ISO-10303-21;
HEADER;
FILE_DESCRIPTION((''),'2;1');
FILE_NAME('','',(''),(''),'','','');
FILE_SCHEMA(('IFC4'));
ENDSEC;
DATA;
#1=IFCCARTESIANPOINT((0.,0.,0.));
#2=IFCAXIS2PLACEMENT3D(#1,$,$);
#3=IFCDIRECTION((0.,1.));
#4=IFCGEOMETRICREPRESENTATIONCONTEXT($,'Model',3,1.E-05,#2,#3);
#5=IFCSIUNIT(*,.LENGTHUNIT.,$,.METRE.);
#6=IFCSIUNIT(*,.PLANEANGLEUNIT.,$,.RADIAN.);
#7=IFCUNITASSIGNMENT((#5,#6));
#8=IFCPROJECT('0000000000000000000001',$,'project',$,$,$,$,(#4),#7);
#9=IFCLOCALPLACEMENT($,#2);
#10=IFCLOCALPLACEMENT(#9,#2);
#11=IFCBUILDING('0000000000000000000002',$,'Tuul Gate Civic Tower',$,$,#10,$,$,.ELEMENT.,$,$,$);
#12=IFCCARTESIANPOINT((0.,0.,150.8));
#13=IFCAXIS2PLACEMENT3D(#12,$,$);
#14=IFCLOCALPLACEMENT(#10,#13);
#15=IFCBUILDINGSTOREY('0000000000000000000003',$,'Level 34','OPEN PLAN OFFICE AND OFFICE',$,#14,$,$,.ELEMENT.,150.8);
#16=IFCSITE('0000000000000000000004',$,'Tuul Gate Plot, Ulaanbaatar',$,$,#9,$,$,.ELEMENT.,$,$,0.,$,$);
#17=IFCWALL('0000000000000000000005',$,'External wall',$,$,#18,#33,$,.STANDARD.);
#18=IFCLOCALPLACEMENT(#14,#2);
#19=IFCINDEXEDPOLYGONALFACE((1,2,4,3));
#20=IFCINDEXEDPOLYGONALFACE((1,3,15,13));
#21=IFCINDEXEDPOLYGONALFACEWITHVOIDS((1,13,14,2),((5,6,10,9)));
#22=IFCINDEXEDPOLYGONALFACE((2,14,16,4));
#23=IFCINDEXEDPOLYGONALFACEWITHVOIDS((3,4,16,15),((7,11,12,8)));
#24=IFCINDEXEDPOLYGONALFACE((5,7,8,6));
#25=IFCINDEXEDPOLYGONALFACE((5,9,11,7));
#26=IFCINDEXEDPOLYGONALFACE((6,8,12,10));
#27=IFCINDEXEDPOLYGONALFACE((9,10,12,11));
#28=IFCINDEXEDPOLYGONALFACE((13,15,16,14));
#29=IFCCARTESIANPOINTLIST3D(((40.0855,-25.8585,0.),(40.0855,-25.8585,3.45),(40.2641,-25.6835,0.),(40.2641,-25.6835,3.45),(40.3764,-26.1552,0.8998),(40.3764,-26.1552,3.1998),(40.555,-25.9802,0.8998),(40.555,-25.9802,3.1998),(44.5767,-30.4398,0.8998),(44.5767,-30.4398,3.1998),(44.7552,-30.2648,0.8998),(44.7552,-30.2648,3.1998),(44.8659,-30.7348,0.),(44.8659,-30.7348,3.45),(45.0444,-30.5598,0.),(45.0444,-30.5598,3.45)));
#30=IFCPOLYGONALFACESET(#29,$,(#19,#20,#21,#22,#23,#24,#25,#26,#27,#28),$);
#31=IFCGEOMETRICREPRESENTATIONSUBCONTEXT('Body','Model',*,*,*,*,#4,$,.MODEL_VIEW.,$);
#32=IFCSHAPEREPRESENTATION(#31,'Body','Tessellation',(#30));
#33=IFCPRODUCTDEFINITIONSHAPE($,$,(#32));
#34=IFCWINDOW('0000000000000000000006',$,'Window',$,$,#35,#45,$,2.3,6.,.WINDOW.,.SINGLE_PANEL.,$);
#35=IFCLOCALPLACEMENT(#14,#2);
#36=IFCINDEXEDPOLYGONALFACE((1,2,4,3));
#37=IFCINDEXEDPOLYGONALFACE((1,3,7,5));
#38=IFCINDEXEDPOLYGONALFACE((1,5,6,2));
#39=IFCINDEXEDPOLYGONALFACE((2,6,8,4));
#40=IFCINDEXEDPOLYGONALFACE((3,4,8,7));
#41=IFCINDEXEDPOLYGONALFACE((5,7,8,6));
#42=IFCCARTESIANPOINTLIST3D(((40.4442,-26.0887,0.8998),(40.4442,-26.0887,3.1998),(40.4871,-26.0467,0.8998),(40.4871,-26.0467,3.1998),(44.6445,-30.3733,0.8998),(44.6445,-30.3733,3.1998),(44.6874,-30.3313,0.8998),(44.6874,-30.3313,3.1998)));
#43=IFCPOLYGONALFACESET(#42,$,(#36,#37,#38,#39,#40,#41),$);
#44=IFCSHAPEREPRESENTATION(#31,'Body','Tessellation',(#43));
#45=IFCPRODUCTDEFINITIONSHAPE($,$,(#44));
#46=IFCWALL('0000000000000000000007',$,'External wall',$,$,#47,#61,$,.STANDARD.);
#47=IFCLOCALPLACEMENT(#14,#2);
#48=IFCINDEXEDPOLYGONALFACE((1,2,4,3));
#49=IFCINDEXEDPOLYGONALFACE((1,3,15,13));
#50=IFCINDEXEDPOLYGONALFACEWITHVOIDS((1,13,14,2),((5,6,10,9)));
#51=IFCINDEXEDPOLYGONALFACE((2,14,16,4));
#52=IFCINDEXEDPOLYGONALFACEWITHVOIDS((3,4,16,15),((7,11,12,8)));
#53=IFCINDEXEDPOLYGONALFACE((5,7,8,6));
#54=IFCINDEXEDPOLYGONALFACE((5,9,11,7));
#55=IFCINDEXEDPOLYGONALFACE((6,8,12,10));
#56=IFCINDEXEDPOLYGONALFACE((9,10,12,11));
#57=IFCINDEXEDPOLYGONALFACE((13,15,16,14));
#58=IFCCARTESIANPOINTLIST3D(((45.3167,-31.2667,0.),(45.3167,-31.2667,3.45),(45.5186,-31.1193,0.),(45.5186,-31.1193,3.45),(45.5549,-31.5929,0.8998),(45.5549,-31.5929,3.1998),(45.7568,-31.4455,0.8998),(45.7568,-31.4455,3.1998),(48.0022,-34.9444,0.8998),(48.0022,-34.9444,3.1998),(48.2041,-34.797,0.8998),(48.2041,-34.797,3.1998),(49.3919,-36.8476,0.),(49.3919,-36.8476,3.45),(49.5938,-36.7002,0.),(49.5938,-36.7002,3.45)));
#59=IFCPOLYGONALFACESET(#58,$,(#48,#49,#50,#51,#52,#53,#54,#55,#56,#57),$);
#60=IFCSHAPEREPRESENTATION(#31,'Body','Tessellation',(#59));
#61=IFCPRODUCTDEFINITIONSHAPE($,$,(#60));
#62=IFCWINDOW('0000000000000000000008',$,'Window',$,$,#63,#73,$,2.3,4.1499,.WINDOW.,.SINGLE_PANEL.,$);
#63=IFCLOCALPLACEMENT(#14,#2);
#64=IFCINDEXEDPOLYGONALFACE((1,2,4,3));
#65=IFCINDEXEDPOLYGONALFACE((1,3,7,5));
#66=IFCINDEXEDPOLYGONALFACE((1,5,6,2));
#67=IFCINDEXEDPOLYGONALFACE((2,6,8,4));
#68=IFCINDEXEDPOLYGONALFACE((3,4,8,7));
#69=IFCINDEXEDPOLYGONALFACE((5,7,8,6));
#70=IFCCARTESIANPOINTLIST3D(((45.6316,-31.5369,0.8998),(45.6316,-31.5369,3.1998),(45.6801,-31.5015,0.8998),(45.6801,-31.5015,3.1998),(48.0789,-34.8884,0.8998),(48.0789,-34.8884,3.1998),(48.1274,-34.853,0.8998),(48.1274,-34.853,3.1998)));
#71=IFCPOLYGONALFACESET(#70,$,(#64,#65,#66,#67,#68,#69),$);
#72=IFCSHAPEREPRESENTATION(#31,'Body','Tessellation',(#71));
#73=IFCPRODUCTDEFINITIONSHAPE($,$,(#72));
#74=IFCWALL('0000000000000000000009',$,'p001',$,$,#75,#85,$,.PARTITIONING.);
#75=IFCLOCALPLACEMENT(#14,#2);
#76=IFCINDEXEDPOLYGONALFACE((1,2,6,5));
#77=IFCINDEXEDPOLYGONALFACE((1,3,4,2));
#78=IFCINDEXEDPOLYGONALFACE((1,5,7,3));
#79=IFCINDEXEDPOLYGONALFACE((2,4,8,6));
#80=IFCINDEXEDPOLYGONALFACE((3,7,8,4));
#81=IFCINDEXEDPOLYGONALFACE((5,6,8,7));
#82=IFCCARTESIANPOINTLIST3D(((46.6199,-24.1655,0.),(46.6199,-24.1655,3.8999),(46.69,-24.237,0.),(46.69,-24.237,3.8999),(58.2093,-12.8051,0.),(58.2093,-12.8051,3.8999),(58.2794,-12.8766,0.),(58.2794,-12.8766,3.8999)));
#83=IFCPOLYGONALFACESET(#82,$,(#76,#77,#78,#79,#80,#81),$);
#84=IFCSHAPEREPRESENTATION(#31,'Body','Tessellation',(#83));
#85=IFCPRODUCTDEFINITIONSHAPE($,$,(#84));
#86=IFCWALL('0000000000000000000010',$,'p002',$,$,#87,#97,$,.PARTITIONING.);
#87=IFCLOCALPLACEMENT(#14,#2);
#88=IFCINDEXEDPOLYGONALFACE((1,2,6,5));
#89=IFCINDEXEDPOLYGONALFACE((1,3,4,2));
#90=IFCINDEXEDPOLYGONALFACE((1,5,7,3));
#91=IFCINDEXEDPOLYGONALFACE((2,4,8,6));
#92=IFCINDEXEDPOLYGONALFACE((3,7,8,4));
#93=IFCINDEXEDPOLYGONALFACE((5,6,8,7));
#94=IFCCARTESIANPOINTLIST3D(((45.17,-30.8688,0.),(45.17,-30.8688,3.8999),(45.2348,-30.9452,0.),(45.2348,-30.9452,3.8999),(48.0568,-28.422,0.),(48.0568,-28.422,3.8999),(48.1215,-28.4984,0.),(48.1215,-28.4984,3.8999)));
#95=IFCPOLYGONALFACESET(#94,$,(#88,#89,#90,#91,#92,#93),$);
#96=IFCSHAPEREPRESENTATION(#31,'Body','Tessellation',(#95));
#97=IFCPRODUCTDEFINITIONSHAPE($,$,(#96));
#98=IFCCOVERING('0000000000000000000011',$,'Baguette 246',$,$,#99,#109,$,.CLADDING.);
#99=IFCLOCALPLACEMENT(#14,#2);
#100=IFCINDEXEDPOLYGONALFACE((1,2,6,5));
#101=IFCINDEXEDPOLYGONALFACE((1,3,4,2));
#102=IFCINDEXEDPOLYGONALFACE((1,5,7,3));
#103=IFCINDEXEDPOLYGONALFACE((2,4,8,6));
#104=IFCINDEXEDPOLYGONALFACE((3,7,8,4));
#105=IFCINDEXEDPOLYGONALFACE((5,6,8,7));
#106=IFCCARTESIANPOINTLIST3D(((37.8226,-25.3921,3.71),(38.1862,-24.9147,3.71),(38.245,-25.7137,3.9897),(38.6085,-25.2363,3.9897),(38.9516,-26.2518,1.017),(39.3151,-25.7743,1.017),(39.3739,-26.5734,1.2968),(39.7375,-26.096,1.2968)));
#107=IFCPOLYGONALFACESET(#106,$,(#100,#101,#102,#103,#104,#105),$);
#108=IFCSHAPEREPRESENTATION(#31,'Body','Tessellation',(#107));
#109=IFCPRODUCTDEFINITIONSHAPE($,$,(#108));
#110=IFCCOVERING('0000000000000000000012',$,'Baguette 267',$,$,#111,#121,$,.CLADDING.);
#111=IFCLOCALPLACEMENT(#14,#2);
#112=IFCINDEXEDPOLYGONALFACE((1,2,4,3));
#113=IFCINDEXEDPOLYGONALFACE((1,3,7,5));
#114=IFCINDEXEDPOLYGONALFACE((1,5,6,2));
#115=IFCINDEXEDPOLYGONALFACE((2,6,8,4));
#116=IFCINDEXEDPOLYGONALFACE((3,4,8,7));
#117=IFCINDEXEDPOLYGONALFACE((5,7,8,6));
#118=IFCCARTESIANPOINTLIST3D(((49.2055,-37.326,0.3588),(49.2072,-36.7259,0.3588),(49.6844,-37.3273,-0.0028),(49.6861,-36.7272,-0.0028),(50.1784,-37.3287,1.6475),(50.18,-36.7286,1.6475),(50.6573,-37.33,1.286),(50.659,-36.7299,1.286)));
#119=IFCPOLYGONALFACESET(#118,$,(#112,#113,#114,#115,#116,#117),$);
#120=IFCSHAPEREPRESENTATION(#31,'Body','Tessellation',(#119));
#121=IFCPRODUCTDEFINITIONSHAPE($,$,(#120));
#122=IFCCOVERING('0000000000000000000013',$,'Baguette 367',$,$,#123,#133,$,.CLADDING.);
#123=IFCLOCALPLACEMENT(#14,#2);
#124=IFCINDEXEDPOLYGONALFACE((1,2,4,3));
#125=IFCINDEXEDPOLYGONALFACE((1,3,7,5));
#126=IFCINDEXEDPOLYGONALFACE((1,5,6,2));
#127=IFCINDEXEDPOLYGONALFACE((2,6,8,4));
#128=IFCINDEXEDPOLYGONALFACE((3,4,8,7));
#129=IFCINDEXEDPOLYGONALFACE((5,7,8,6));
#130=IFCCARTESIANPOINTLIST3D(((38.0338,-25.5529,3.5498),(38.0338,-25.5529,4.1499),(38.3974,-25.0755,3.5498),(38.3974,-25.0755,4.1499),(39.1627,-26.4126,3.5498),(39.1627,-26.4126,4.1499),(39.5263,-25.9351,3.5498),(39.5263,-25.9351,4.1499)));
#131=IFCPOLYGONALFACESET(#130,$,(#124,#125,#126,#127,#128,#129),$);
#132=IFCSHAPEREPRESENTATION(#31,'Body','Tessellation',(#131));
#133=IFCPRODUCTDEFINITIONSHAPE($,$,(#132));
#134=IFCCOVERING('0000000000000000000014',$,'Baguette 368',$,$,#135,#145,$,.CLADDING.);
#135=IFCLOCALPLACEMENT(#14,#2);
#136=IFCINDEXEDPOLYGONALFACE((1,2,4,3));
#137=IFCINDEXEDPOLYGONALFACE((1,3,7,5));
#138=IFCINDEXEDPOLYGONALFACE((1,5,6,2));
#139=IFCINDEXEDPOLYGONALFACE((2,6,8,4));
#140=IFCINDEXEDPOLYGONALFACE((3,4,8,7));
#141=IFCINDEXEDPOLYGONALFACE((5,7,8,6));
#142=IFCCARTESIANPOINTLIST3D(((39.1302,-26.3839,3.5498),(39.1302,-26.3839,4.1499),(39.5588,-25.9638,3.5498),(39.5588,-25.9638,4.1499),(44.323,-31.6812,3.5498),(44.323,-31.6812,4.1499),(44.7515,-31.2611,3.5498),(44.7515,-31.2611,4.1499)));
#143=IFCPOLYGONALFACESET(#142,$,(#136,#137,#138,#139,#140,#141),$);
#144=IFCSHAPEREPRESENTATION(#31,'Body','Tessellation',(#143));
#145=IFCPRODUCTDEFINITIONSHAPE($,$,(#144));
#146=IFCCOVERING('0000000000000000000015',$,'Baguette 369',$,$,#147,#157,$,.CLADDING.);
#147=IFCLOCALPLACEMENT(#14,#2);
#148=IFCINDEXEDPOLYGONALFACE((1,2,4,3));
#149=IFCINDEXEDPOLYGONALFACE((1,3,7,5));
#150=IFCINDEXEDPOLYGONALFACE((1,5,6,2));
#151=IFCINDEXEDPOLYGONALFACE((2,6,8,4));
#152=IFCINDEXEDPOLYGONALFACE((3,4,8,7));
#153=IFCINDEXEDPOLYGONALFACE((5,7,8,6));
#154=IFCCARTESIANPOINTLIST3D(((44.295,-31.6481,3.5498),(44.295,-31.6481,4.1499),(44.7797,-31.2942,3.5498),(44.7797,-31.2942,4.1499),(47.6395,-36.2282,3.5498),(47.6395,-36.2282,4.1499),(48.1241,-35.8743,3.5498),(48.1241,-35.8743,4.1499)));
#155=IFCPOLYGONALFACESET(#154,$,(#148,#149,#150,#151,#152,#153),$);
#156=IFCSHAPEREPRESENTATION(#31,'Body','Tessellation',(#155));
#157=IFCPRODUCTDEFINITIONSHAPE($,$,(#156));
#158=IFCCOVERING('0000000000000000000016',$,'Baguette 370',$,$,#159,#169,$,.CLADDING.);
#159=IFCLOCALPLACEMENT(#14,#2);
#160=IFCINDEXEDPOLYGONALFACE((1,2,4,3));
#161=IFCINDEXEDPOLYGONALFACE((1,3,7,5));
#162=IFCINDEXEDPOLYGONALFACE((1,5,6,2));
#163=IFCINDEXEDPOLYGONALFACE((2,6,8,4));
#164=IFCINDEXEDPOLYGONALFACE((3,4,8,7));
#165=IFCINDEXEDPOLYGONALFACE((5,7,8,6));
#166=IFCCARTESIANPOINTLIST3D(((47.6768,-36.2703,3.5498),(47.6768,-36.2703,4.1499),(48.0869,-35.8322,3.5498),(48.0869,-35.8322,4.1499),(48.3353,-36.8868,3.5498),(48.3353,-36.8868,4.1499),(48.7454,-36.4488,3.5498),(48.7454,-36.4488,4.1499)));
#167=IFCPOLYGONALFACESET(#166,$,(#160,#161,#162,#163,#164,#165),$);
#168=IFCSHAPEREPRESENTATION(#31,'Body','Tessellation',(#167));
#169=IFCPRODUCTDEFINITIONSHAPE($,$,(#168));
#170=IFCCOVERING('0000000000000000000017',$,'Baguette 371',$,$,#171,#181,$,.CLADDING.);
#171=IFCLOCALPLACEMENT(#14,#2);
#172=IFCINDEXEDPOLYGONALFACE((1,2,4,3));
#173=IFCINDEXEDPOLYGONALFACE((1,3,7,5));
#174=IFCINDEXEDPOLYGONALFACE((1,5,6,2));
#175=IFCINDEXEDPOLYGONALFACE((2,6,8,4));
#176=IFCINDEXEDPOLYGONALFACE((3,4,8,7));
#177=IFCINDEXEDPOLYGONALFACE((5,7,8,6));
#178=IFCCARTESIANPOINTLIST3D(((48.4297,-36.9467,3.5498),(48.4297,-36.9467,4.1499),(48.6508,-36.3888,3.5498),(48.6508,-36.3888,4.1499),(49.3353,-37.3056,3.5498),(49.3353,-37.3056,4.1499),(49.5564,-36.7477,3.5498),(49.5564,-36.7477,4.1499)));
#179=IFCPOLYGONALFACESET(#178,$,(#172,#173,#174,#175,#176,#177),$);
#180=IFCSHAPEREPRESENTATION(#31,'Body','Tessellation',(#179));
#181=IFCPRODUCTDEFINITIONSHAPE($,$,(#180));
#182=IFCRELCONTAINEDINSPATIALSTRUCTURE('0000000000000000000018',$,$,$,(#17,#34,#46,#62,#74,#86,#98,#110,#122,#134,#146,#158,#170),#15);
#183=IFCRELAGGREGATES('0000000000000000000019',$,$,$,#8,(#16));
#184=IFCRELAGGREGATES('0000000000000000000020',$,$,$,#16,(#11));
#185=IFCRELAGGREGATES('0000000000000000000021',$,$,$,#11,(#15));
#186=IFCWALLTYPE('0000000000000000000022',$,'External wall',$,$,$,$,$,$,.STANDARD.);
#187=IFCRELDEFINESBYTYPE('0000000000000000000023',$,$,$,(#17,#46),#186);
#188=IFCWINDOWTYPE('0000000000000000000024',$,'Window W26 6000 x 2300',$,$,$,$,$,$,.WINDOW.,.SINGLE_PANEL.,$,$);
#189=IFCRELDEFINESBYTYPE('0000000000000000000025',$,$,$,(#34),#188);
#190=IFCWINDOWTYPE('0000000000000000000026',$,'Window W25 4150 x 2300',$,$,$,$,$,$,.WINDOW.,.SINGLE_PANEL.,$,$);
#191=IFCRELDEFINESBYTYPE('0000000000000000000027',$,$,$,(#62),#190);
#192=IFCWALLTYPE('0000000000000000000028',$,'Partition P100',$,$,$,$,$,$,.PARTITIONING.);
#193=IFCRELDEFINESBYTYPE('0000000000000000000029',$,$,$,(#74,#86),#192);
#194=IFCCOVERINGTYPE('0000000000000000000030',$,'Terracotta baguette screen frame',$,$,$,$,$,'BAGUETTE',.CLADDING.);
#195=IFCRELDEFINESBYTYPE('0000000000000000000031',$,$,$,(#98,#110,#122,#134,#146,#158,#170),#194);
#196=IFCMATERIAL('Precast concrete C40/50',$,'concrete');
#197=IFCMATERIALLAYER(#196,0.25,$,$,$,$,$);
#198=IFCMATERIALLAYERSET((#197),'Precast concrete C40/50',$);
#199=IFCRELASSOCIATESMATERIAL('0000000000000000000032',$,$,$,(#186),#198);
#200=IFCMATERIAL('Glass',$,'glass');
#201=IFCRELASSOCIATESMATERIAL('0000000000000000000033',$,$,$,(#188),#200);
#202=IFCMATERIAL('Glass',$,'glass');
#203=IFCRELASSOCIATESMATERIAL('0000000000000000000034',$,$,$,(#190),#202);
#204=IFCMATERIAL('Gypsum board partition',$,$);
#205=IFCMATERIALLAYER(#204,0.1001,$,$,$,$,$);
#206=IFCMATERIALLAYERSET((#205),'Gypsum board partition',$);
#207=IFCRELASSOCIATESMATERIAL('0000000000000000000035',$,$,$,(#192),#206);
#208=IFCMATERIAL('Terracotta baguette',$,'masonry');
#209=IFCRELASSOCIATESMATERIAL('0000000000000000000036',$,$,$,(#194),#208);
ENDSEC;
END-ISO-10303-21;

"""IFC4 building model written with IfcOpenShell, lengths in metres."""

from ifc_helpers import new_model, si_unit, direction, frame, frame_2d, origin, origin_2d, place, context, subcontext, project, spatial, rectangle, extrude, material, layer, layer_set, material_profile, profile_set, type_object, element, fill, save


model = new_model("IFC4")

# Units and contexts
model_context = context("Model", 3, precision=1e-05, world=origin(), true_north=direction((0.0, 1.0)))
body_context = subcontext(model_context, "Body", "Model", "MODEL_VIEW")
ifc_project = project(units=[si_unit("LENGTHUNIT", "METRE"), si_unit("PLANEANGLEUNIT", "RADIAN")], contexts=[model_context])

# Site, building, storey
site_placement = place(None, origin())
site = spatial("IfcSite", under=ifc_project, at=site_placement, Name="Tuul Gate Plot, Ulaanbaatar", CompositionType="ELEMENT", RefElevation=0.0)
building_placement = place(site_placement, origin())
building = spatial("IfcBuilding", under=site, at=building_placement, Name="Tuul Gate Civic Tower", CompositionType="ELEMENT")
storey_placement = place(building_placement, frame((0.0, 0.0, 150.8)))
storey = spatial("IfcBuildingStorey", under=building, at=storey_placement, Name="Level 34", Description="OPEN PLAN OFFICE AND OFFICE", CompositionType="ELEMENT", Elevation=150.8)

# Walls, openings, windows
ifc_material_1 = material(Name="Precast concrete C40/50", Category="concrete")
ifc_layer_1 = layer(ifc_material_1, 0.25)
ifc_layer_set_1 = layer_set([ifc_layer_1], Name="Precast concrete C40/50")
wall_type_1 = type_object("IfcWallType", Name="External wall", PredefinedType="STANDARD", material=ifc_layer_set_1)
wall_1_placement = place(storey_placement, frame((40.1748, -25.771, 0.0), z_axis=(0.0, 0.0, 1.0), x_axis=(0.700046, -0.714097, 0.0)))
wall_1 = element("IfcWall", 1, at=wall_1_placement, inside=storey, type_object=wall_type_1, Name="External wall", PredefinedType="STANDARD", context=body_context, shape_type="SweptSolid", body=[
    extrude(rectangle(XDim=6.8286, YDim=0.25, at=frame_2d((3.4143, 0.0))), origin(), (0.0, 0.0, 1.0), 3.45),
])
opening_1_placement = place(wall_1_placement, frame((0.4155, 0.0, 0.8999)))
opening_1 = element("IfcOpeningElement", 2, at=opening_1_placement, cuts=wall_1, PredefinedType="OPENING", context=body_context, shape_type="SweptSolid", body=[
    extrude(rectangle(XDim=6.0, YDim=2.3, at=frame_2d((3.0, 1.1499))), frame((0.0, 0.135, 0.0), z_axis=(0.0, -1.0, 0.0), x_axis=(1.0, 0.0, 0.0)), (0.0, 0.0, 1.0), 0.27),
])
ifc_material_2 = material(Name="Glass", Category="glass")
window_type_1 = type_object("IfcWindowType", Name="Window W26 6000 x 2300", PartitioningType="SINGLE_PANEL", PredefinedType="WINDOW", material=ifc_material_2)
window_1_placement = place(opening_1_placement, origin())
window_1 = element("IfcWindow", 3, at=window_1_placement, inside=storey, type_object=window_type_1, Name="Window", OverallHeight=2.3, OverallWidth=6.0, PartitioningType="SINGLE_PANEL", PredefinedType="WINDOW", context=body_context, shape_type="SweptSolid", body=[
    extrude(rectangle(XDim=6.0, YDim=2.3, at=frame_2d((3.0, 1.1499))), frame((0.0, 0.03, 0.0), z_axis=(0.0, -1.0, 0.0), x_axis=(1.0, 0.0, 0.0)), (0.0, 0.0, 1.0), 0.0601),
])
fill(opening_1, window_1)
wall_2_placement = place(storey_placement, frame((45.4177, -31.1931, 0.0), z_axis=(0.0, 0.0, 1.0), x_axis=(0.589725, -0.807604, 0.0)))
wall_2 = element("IfcWall", 4, at=wall_2_placement, inside=storey, type_object=wall_type_1, Name="External wall", PredefinedType="STANDARD", context=body_context, shape_type="SweptSolid", body=[
    extrude(rectangle(XDim=6.9104, YDim=0.25, at=frame_2d((3.4551, 0.0))), origin(), (0.0, 0.0, 1.0), 3.45),
])
opening_2_placement = place(wall_2_placement, frame((0.4038, 0.0, 0.8999)))
opening_2 = element("IfcOpeningElement", 5, at=opening_2_placement, cuts=wall_2, PredefinedType="OPENING", context=body_context, shape_type="SweptSolid", body=[
    extrude(rectangle(XDim=4.1499, YDim=2.3, at=frame_2d((2.075, 1.1499))), frame((0.0, 0.135, 0.0), z_axis=(0.0, -1.0, 0.0), x_axis=(1.0, 0.0, 0.0)), (0.0, 0.0, 1.0), 0.27),
])
ifc_material_3 = material(Name="Glass", Category="glass")
window_type_2 = type_object("IfcWindowType", Name="Window W25 4150 x 2300", PartitioningType="SINGLE_PANEL", PredefinedType="WINDOW", material=ifc_material_3)
window_2_placement = place(opening_2_placement, origin())
window_2 = element("IfcWindow", 6, at=window_2_placement, inside=storey, type_object=window_type_2, Name="Window", OverallHeight=2.3, OverallWidth=4.1499, PartitioningType="SINGLE_PANEL", PredefinedType="WINDOW", context=body_context, shape_type="SweptSolid", body=[
    extrude(rectangle(XDim=4.1499, YDim=2.3, at=frame_2d((2.075, 1.1499))), frame((0.0, 0.03, 0.0), z_axis=(0.0, -1.0, 0.0), x_axis=(1.0, 0.0, 0.0)), (0.0, 0.0, 1.0), 0.0601),
])
fill(opening_2, window_2)

# Walls
ifc_material_4 = material(Name="Gypsum board partition")
ifc_layer_2 = layer(ifc_material_4, 0.1001)
ifc_layer_set_2 = layer_set([ifc_layer_2], Name="Gypsum board partition")
wall_type_2 = type_object("IfcWallType", Name="Partition P100", PredefinedType="PARTITIONING", material=ifc_layer_set_2)
wall_3_placement = place(storey_placement, frame((46.655, -24.2012, 0.0), z_axis=(0.0, 0.0, 1.0), x_axis=(0.714127, 0.700016, 0.0)))
element("IfcWall", 7, at=wall_3_placement, inside=storey, type_object=wall_type_2, Name="p001", PredefinedType="PARTITIONING", context=body_context, shape_type="SweptSolid", body=[
    extrude(rectangle(XDim=16.2288, YDim=0.1001, at=frame_2d((8.1143, 0.0))), origin(), (0.0, 0.0, 1.0), 3.8999),
])
wall_4_placement = place(storey_placement, frame((45.2024, -30.907, 0.0), z_axis=(0.0, 0.0, 1.0), x_axis=(0.762843, 0.646584, 0.0)))
element("IfcWall", 8, at=wall_4_placement, inside=storey, type_object=wall_type_2, Name="p002", PredefinedType="PARTITIONING", context=body_context, shape_type="SweptSolid", body=[
    extrude(rectangle(XDim=3.7842, YDim=0.1001, at=frame_2d((1.8921, 0.0))), origin(), (0.0, 0.0, 1.0), 3.8999),
])

# Coverings
ifc_material_5 = material(Name="Terracotta baguette", Category="masonry")
ifc_material_profile_1 = material_profile(ifc_material_5, rectangle(XDim=0.6001, YDim=0.6001, at=origin_2d()), Name="Terracotta baguette screen frame")
ifc_profile_set_1 = profile_set([ifc_material_profile_1], Name="Terracotta baguette")
covering_type = type_object("IfcCoveringType", Name="Terracotta baguette screen frame", ElementType="BAGUETTE", PredefinedType="CLADDING", material=ifc_profile_set_1)
covering_1_placement = place(storey_placement, frame((38.2156, -25.3142, 3.8499), z_axis=(0.370883, -0.282413, -0.884697), x_axis=(0.60582, 0.795602, 0.0)))
element("IfcCovering", 9, at=covering_1_placement, inside=storey, type_object=covering_type, Name="Baguette 246", PredefinedType="CLADDING", context=body_context, shape_type="SweptSolid", body=[
    extrude(rectangle(XDim=0.6001, YDim=0.6001, at=origin_2d()), origin(), (0.0, 0.0, 1.0), 3.0439),
])
covering_2_placement = place(storey_placement, frame((49.4458, -37.0266, 0.178), z_axis=(0.602488, -0.001663, 0.798126), x_axis=(0.00276, 0.999996, 0.0)))
element("IfcCovering", 10, at=covering_2_placement, inside=storey, type_object=covering_type, Name="Baguette 267", PredefinedType="CLADDING", context=body_context, shape_type="SweptSolid", body=[
    extrude(rectangle(XDim=0.6001, YDim=0.6001, at=origin_2d()), origin(), (0.0, 0.0, 1.0), 1.6147),
])
covering_3_placement = place(storey_placement, frame((38.2156, -25.3142, 3.8499), z_axis=(0.795602, -0.60582, 0.0), x_axis=(0.60582, 0.795602, 0.0)))
element("IfcCovering", 11, at=covering_3_placement, inside=storey, type_object=covering_type, Name="Baguette 367", PredefinedType="CLADDING", context=body_context, shape_type="SweptSolid", body=[
    extrude(rectangle(XDim=0.6001, YDim=0.6001, at=origin_2d()), origin(), (0.0, 0.0, 1.0), 1.4189),
])
covering_4_placement = place(storey_placement, frame((39.3445, -26.1738, 3.8499), z_axis=(0.700029, -0.714115, 0.0), x_axis=(0.714115, 0.700029, 0.0)))
element("IfcCovering", 12, at=covering_4_placement, inside=storey, type_object=covering_type, Name="Baguette 368", PredefinedType="CLADDING", context=body_context, shape_type="SweptSolid", body=[
    extrude(rectangle(XDim=0.6001, YDim=0.6001, at=origin_2d()), origin(), (0.0, 0.0, 1.0), 7.418),
])
covering_5_placement = place(storey_placement, frame((44.5374, -31.4712, 3.8499), z_axis=(0.589729, -0.807601, 0.0), x_axis=(0.807601, 0.589729, 0.0)))
element("IfcCovering", 13, at=covering_5_placement, inside=storey, type_object=covering_type, Name="Baguette 369", PredefinedType="CLADDING", context=body_context, shape_type="SweptSolid", body=[
    extrude(rectangle(XDim=0.6001, YDim=0.6001, at=origin_2d()), origin(), (0.0, 0.0, 1.0), 5.6711),
])
covering_6_placement = place(storey_placement, frame((47.8818, -36.0513, 3.8499), z_axis=(0.730001, -0.683446, 0.0), x_axis=(0.683446, 0.730001, 0.0)))
element("IfcCovering", 14, at=covering_6_placement, inside=storey, type_object=covering_type, Name="Baguette 370", PredefinedType="CLADDING", context=body_context, shape_type="SweptSolid", body=[
    extrude(rectangle(XDim=0.6001, YDim=0.6001, at=origin_2d()), origin(), (0.0, 0.0, 1.0), 0.9021),
])
covering_7_placement = place(storey_placement, frame((48.5403, -36.6677, 3.8499), z_axis=(0.929647, -0.36845, 0.0), x_axis=(0.36845, 0.929647, 0.0)))
element("IfcCovering", 15, at=covering_7_placement, inside=storey, type_object=covering_type, Name="Baguette 371", PredefinedType="CLADDING", context=body_context, shape_type="SweptSolid", body=[
    extrude(rectangle(XDim=0.6001, YDim=0.6001, at=origin_2d()), origin(), (0.0, 0.0, 1.0), 0.9741),
])

save(model, "model.ifc")
